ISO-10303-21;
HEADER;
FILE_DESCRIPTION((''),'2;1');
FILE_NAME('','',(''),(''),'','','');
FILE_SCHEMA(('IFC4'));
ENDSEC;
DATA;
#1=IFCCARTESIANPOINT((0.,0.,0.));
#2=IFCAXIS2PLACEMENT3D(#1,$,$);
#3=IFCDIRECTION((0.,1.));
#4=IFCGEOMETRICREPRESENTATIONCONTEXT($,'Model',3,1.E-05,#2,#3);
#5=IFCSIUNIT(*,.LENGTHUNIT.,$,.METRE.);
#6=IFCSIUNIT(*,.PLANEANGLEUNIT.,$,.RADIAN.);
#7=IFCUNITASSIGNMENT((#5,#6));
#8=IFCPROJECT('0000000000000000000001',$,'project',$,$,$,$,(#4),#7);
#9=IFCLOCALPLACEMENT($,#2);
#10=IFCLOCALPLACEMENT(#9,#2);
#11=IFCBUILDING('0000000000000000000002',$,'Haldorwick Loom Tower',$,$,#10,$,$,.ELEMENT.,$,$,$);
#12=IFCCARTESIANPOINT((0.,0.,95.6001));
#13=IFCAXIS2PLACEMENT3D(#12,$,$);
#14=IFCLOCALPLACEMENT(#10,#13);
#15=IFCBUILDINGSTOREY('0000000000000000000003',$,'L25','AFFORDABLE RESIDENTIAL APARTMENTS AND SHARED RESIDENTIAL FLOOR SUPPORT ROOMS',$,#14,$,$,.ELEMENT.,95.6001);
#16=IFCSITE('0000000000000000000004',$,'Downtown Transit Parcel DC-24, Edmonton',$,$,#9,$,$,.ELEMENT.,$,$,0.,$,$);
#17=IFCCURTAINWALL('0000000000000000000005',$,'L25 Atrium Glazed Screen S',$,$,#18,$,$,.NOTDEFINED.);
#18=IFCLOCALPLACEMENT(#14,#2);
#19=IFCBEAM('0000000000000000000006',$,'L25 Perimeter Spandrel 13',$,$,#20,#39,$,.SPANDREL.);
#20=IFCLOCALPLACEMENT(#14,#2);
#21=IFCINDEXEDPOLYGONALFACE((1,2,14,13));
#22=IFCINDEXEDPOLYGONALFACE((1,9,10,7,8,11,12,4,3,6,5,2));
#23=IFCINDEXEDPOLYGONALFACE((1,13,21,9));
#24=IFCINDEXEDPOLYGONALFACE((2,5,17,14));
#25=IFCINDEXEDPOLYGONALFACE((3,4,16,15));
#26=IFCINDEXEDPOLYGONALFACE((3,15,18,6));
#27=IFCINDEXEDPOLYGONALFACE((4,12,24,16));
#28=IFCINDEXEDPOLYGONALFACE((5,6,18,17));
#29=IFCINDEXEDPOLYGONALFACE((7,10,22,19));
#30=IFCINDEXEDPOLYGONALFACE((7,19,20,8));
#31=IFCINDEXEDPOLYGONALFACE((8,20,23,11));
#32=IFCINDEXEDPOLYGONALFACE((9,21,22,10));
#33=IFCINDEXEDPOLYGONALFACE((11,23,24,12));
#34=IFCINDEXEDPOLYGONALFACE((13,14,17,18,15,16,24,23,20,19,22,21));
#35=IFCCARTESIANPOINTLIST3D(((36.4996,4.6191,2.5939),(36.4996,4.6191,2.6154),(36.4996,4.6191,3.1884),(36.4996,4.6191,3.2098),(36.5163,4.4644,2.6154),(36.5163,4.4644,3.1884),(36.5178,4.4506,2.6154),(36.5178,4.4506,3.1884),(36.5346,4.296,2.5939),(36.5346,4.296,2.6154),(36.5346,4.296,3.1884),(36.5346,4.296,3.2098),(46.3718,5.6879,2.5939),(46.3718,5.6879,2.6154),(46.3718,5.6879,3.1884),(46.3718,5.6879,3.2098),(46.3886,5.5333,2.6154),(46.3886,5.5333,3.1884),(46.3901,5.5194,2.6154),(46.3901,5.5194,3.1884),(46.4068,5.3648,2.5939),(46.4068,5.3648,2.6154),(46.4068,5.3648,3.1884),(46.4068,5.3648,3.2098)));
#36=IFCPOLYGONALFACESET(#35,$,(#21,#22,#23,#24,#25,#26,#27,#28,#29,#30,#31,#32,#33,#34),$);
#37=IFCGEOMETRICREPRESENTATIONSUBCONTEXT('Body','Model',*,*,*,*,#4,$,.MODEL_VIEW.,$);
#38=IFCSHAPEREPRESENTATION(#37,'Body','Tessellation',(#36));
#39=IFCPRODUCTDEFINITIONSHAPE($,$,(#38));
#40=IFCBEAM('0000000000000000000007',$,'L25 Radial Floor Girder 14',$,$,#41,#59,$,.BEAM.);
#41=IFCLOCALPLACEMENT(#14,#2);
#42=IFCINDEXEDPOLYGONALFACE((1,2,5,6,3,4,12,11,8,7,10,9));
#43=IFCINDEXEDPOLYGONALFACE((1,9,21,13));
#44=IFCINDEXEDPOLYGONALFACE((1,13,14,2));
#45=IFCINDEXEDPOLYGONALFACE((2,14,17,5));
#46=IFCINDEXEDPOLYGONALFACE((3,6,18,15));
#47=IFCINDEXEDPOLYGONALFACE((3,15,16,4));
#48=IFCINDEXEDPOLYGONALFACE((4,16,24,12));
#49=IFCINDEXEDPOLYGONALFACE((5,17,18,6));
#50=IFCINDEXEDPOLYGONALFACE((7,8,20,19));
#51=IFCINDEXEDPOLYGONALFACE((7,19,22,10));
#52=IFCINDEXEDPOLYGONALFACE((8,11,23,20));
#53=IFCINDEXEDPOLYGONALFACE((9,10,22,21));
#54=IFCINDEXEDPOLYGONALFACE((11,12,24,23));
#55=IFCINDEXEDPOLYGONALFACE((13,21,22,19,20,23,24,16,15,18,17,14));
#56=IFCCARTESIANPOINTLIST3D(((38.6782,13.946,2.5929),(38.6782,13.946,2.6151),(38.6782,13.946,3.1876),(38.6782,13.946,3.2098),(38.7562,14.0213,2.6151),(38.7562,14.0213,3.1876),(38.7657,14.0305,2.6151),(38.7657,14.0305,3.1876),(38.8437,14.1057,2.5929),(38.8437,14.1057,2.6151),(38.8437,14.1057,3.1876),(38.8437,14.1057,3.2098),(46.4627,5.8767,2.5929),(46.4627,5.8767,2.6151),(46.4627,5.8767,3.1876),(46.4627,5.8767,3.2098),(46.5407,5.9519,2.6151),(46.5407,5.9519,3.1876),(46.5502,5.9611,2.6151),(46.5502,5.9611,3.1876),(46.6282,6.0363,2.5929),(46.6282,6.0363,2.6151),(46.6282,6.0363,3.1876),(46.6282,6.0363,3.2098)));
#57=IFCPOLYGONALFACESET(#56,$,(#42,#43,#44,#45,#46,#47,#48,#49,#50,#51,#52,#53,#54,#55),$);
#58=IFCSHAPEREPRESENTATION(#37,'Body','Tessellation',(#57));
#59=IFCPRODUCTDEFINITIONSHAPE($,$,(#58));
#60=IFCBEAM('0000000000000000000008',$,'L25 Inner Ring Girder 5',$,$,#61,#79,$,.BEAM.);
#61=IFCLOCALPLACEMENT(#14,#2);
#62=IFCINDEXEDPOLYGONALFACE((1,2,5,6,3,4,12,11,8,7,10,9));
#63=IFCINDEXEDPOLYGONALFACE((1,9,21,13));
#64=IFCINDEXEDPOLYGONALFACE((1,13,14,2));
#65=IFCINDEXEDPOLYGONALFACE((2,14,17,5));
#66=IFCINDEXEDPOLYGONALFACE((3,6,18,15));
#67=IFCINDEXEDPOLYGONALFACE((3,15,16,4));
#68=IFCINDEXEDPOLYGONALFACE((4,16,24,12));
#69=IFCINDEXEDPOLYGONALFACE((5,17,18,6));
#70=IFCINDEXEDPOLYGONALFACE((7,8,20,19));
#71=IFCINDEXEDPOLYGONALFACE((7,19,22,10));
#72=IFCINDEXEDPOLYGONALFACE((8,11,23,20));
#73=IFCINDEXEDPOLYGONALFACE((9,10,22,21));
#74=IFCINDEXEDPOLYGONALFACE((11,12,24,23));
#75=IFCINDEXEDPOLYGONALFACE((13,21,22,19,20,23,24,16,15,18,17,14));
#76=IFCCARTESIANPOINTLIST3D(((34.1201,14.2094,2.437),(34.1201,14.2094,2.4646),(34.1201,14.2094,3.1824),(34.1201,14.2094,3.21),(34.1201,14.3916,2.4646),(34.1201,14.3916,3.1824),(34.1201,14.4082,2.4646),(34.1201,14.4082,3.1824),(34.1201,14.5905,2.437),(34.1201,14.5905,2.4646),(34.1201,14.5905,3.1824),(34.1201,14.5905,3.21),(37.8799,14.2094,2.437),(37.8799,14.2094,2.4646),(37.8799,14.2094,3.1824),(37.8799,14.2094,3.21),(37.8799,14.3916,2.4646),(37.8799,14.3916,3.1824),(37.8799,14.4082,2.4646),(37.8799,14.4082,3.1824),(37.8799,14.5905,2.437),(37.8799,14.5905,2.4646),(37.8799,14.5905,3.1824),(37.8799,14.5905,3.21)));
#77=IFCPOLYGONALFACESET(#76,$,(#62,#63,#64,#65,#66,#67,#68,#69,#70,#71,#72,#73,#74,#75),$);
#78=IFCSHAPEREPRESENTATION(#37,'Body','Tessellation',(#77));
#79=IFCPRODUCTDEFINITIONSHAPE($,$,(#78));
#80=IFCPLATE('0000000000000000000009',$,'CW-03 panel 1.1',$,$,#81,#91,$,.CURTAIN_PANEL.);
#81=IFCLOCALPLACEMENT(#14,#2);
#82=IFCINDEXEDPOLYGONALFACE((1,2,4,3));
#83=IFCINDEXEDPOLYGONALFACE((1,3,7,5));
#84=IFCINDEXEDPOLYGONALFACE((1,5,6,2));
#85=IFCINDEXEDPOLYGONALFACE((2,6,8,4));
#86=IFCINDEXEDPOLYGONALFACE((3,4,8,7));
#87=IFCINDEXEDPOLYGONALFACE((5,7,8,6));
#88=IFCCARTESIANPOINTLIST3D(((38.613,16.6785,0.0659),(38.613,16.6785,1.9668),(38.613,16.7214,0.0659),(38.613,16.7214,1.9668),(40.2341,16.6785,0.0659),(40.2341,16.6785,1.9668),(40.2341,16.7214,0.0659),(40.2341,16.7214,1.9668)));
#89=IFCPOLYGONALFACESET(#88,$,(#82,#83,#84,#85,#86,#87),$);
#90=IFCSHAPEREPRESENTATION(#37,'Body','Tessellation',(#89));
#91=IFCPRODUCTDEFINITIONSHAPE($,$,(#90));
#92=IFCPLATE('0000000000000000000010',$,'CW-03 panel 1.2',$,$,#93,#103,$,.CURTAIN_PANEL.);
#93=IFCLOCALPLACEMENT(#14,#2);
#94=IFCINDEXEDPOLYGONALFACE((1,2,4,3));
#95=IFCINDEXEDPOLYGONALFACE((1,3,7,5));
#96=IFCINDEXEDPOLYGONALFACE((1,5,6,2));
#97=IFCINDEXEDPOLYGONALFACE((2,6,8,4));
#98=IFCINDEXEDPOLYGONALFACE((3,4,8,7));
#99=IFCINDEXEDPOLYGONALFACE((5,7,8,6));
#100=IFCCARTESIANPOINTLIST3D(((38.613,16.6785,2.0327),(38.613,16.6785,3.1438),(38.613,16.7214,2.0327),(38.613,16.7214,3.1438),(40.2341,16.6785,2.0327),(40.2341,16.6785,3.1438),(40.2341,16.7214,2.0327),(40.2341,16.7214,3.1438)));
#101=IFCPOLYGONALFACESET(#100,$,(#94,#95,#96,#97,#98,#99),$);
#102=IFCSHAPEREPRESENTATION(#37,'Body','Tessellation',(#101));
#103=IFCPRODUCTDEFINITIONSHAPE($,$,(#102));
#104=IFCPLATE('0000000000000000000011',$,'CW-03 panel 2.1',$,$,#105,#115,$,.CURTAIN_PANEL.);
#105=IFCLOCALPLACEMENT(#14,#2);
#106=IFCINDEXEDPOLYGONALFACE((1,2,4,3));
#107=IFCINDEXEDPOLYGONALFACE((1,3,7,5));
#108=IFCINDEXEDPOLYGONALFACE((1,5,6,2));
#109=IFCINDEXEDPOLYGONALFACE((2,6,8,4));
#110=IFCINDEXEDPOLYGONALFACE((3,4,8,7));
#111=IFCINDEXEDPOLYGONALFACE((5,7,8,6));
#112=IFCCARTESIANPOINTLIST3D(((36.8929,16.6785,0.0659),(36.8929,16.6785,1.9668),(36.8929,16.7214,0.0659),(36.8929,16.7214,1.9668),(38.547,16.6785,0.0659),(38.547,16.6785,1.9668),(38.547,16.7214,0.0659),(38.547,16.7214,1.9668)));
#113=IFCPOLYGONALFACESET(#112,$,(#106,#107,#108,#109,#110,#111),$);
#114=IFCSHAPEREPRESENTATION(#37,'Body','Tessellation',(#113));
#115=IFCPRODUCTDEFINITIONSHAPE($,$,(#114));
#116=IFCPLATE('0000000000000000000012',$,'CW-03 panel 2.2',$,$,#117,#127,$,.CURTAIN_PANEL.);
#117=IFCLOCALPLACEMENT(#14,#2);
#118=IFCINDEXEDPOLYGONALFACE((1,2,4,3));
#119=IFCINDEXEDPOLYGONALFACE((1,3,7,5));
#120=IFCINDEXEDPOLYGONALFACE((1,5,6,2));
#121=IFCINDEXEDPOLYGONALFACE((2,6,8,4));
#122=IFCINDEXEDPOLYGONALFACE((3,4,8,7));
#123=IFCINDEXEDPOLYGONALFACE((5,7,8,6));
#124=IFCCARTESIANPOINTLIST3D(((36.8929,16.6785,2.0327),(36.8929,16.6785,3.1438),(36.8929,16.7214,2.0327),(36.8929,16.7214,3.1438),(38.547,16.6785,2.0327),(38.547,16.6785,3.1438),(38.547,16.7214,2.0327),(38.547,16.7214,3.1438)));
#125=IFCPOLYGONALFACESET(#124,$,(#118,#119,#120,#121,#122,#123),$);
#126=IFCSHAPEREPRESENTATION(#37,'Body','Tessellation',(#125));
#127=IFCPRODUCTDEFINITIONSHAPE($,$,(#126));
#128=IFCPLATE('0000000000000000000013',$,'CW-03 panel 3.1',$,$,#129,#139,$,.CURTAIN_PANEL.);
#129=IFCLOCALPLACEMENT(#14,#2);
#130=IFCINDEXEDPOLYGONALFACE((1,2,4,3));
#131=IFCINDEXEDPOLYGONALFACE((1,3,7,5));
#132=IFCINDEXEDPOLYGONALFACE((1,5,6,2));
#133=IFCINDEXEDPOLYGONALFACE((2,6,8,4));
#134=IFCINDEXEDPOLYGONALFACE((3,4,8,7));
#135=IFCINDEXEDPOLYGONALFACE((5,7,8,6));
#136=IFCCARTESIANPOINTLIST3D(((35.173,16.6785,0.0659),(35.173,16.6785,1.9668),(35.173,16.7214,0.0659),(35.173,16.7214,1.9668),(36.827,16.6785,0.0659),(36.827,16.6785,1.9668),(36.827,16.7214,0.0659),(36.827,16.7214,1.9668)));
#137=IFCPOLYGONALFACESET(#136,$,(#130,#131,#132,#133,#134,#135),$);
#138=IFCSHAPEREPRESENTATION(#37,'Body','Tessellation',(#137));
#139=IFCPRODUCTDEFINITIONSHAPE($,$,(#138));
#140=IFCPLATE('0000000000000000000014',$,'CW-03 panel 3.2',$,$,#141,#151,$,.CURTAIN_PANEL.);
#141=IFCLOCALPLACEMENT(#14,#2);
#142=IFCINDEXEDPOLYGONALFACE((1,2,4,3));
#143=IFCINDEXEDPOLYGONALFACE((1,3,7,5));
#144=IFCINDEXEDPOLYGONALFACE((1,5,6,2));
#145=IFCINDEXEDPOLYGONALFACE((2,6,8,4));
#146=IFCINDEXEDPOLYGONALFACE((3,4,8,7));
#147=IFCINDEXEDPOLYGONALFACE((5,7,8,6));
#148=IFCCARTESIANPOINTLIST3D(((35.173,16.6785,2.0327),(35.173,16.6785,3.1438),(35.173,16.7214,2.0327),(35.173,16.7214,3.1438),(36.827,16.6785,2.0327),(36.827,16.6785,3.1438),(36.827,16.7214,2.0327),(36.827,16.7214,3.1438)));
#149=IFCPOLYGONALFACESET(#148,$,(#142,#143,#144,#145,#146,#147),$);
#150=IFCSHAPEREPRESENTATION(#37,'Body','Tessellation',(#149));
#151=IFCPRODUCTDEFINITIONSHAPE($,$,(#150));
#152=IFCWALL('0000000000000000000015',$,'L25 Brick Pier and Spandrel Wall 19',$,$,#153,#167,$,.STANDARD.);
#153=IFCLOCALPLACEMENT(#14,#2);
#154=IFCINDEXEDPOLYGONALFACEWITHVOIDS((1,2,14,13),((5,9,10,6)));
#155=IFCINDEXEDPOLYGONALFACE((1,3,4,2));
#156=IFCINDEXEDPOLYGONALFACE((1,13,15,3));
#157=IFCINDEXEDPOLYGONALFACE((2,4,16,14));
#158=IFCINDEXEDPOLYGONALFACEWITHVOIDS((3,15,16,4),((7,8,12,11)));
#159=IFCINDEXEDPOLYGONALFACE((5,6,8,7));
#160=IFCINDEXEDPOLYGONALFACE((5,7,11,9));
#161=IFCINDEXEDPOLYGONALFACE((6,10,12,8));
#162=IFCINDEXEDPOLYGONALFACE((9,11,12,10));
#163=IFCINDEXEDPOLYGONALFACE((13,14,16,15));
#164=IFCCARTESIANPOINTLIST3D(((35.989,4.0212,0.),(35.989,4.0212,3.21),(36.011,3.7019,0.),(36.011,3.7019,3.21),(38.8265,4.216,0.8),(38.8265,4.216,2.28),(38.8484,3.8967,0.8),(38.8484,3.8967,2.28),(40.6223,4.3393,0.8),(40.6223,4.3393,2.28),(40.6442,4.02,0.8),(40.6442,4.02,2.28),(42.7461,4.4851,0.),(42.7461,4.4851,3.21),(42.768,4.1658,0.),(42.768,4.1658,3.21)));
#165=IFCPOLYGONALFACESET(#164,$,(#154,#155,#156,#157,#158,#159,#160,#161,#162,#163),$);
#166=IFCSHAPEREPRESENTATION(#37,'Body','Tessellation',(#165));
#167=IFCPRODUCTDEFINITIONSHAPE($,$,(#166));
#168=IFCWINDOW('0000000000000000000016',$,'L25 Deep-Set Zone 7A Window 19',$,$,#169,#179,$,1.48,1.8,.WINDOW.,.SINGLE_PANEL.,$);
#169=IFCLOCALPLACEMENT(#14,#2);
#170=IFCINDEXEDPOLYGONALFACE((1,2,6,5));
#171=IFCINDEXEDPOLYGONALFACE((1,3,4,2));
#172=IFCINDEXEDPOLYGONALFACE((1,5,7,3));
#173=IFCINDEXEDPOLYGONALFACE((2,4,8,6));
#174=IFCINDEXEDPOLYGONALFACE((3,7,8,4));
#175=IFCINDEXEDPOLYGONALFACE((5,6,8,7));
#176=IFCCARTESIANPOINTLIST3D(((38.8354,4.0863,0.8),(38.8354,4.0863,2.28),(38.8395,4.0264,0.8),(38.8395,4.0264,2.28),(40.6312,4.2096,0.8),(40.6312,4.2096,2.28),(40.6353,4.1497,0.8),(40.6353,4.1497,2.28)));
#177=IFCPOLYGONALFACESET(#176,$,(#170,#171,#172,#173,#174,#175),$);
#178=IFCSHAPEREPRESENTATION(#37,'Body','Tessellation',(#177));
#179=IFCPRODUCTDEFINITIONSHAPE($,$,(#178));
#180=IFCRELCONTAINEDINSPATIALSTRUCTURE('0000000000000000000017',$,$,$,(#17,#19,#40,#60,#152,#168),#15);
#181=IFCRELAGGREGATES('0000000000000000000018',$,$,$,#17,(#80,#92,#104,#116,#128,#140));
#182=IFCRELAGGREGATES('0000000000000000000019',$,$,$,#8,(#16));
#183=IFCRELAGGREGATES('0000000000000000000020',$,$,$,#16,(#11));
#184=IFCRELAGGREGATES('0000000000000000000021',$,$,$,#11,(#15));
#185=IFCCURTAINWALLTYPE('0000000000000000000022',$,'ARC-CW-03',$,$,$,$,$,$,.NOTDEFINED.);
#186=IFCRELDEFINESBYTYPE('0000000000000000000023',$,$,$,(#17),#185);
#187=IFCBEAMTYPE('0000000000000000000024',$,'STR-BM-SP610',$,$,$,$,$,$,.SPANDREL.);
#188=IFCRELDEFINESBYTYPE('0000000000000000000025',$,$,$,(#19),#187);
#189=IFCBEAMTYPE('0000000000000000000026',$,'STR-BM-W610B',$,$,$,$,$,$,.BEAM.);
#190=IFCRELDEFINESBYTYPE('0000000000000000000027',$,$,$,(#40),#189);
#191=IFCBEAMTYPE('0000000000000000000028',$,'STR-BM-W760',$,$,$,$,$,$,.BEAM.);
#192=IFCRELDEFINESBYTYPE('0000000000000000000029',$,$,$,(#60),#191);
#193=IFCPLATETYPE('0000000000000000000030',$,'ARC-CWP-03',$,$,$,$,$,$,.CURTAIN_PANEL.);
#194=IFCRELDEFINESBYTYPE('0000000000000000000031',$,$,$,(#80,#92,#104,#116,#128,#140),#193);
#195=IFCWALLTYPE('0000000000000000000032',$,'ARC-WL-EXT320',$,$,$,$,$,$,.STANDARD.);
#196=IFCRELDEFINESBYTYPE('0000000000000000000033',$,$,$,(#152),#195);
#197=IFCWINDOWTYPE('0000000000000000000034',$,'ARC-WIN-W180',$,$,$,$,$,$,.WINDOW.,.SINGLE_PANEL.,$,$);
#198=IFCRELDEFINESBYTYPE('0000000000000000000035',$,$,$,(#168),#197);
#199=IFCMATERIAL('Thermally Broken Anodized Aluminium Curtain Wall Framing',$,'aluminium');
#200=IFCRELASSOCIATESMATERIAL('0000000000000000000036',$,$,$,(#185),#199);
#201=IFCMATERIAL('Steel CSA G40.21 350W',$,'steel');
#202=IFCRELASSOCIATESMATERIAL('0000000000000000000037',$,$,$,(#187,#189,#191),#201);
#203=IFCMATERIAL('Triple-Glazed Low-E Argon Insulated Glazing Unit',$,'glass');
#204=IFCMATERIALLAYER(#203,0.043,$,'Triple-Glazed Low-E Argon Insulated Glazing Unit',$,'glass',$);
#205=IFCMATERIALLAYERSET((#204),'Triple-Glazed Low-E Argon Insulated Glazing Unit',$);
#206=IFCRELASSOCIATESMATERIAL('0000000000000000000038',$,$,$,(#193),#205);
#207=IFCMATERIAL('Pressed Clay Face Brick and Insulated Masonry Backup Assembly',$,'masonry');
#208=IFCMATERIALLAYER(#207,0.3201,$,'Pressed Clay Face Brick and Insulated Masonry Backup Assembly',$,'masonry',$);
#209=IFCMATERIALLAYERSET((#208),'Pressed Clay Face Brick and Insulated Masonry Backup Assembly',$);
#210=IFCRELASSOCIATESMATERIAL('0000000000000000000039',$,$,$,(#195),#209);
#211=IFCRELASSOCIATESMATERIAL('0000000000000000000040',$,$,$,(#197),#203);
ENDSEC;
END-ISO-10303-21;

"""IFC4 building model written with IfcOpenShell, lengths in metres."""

from ifc_helpers import new_model, si_unit, direction, frame, frame_2d, origin, origin_2d, place, context, subcontext, project, spatial, rectangle, i_section, extrude, material, layer, layer_set, material_profile, profile_set, type_object, element, fill, aggregate, save


model = new_model("IFC4")

# Units and contexts
model_context = context("Model", 3, precision=1e-05, world=origin(), true_north=direction((0.0, 1.0)))
body_context = subcontext(model_context, "Body", "Model", "MODEL_VIEW")
ifc_project = project(units=[si_unit("LENGTHUNIT", "METRE"), si_unit("PLANEANGLEUNIT", "RADIAN")], contexts=[model_context])

# Site, building, storey
site_placement = place(None, origin())
site = spatial("IfcSite", under=ifc_project, at=site_placement, Name="Downtown Transit Parcel DC-24, Edmonton", CompositionType="ELEMENT", RefElevation=0.0)
building_placement = place(site_placement, origin())
building = spatial("IfcBuilding", under=site, at=building_placement, Name="Haldorwick Loom Tower", CompositionType="ELEMENT")
storey_placement = place(building_placement, frame((0.0, 0.0, 95.6001)))
storey = spatial("IfcBuildingStorey", under=building, at=storey_placement, Name="L25", Description="AFFORDABLE RESIDENTIAL APARTMENTS AND SHARED RESIDENTIAL FLOOR SUPPORT ROOMS", CompositionType="ELEMENT", Elevation=95.6001)

# Curtain wall
ifc_material_1 = material(Name="Thermally Broken Anodized Aluminium Curtain Wall Framing", Category="aluminium")
curtain_wall_type = type_object("IfcCurtainWallType", Name="ARC-CW-03", PredefinedType="NOTDEFINED", material=ifc_material_1)
curtain_wall_placement = place(storey_placement, origin())
curtain_wall = element("IfcCurtainWall", 1, at=curtain_wall_placement, inside=storey, type_object=curtain_wall_type, Name="L25 Atrium Glazed Screen S", PredefinedType="NOTDEFINED")

# Beams
ifc_material_2 = material(Name="Steel CSA G40.21 350W", Category="steel")
ifc_material_profile_1 = material_profile(ifc_material_2, i_section(OverallWidth=0.325, OverallDepth=0.616, WebThickness=0.0139, FlangeThickness=0.0215, at=origin_2d()), Name="W610X174", Category="steel")
ifc_profile_set_1 = profile_set([ifc_material_profile_1], Name="Steel CSA G40.21 350W")
beam_type_1 = type_object("IfcBeamType", Name="STR-BM-SP610", PredefinedType="SPANDREL", material=ifc_profile_set_1)
beam_1_placement = place(storey_placement, frame((36.5171, 4.4575, 2.9019), z_axis=(0.99419, 0.107638, 0.0), x_axis=(-0.107638, 0.99419, 0.0)))
element("IfcBeam", 2, at=beam_1_placement, inside=storey, type_object=beam_type_1, Name="L25 Perimeter Spandrel 13", PredefinedType="SPANDREL", context=body_context, shape_type="SweptSolid", body=[
    extrude(i_section(OverallWidth=0.325, OverallDepth=0.616, WebThickness=0.0139, FlangeThickness=0.0215, at=origin_2d()), origin(), (0.0, 0.0, 1.0), 9.9299),
])
ifc_material_profile_2 = material_profile(ifc_material_2, i_section(OverallWidth=0.23, OverallDepth=0.6169, WebThickness=0.0132, FlangeThickness=0.0222, at=origin_2d()), Name="W610X140", Category="steel")
ifc_profile_set_2 = profile_set([ifc_material_profile_2], Name="Steel CSA G40.21 350W")
beam_type_2 = type_object("IfcBeamType", Name="STR-BM-W610B", PredefinedType="BEAM", material=ifc_profile_set_2)
beam_2_placement = place(storey_placement, frame((38.761, 14.0259, 2.9014), z_axis=(0.694287, -0.719698, 0.0), x_axis=(0.719698, 0.694287, 0.0)))
element("IfcBeam", 3, at=beam_2_placement, inside=storey, type_object=beam_type_2, Name="L25 Radial Floor Girder 14", PredefinedType="BEAM", context=body_context, shape_type="SweptSolid", body=[
    extrude(i_section(OverallWidth=0.23, OverallDepth=0.6169, WebThickness=0.0132, FlangeThickness=0.0222, at=origin_2d()), origin(), (0.0, 0.0, 1.0), 11.2122),
])
ifc_material_profile_3 = material_profile(ifc_material_2, i_section(OverallWidth=0.3811, OverallDepth=0.7729, WebThickness=0.0166, FlangeThickness=0.0276, at=origin_2d()), Name="W760X257", Category="steel")
ifc_profile_set_3 = profile_set([ifc_material_profile_3], Name="Steel CSA G40.21 350W")
beam_type_3 = type_object("IfcBeamType", Name="STR-BM-W760", PredefinedType="BEAM", material=ifc_profile_set_3)
beam_3_placement = place(storey_placement, frame((37.8799, 14.3999, 2.8235), z_axis=(-1.0, 0.0, 0.0), x_axis=(0.0, -1.0, 0.0)))
element("IfcBeam", 4, at=beam_3_placement, inside=storey, type_object=beam_type_3, Name="L25 Inner Ring Girder 5", PredefinedType="BEAM", context=body_context, shape_type="SweptSolid", body=[
    extrude(i_section(OverallWidth=0.3811, OverallDepth=0.7729, WebThickness=0.0166, FlangeThickness=0.0276, at=origin_2d()), origin(), (0.0, 0.0, 1.0), 3.7598),
])

# Plates
ifc_material_3 = material(Name="Triple-Glazed Low-E Argon Insulated Glazing Unit", Category="glass")
ifc_layer_1 = layer(ifc_material_3, 0.043, Name="Triple-Glazed Low-E Argon Insulated Glazing Unit", Category="glass")
ifc_layer_set_1 = layer_set([ifc_layer_1], Name="Triple-Glazed Low-E Argon Insulated Glazing Unit")
plate_type = type_object("IfcPlateType", Name="ARC-CWP-03", PredefinedType="CURTAIN_PANEL", material=ifc_layer_set_1)
plate_1_placement = place(storey_placement, frame((39.4236, 16.7, 0.0659), z_axis=(0.0, 0.0, 1.0), x_axis=(-1.0, 0.0, 0.0)))
plate_1 = element("IfcPlate", 5, at=plate_1_placement, type_object=plate_type, Name="CW-03 panel 1.1", PredefinedType="CURTAIN_PANEL", context=body_context, shape_type="SweptSolid", body=[
    extrude(rectangle(XDim=1.6211, YDim=0.043, at=origin_2d()), origin(), (0.0, 0.0, 1.0), 1.9009),
])
plate_2_placement = place(storey_placement, frame((39.4236, 16.7, 2.0327), z_axis=(0.0, 0.0, 1.0), x_axis=(-1.0, 0.0, 0.0)))
plate_2 = element("IfcPlate", 6, at=plate_2_placement, type_object=plate_type, Name="CW-03 panel 1.2", PredefinedType="CURTAIN_PANEL", context=body_context, shape_type="SweptSolid", body=[
    extrude(rectangle(XDim=1.6211, YDim=0.043, at=origin_2d()), origin(), (0.0, 0.0, 1.0), 1.1111),
])
plate_3_placement = place(storey_placement, frame((37.72, 16.7, 0.0659), z_axis=(0.0, 0.0, 1.0), x_axis=(-1.0, 0.0, 0.0)))
plate_3 = element("IfcPlate", 7, at=plate_3_placement, type_object=plate_type, Name="CW-03 panel 2.1", PredefinedType="CURTAIN_PANEL", context=body_context, shape_type="SweptSolid", body=[
    extrude(rectangle(XDim=1.6541, YDim=0.043, at=origin_2d()), origin(), (0.0, 0.0, 1.0), 1.9009),
])
plate_4_placement = place(storey_placement, frame((37.72, 16.7, 2.0327), z_axis=(0.0, 0.0, 1.0), x_axis=(-1.0, 0.0, 0.0)))
plate_4 = element("IfcPlate", 8, at=plate_4_placement, type_object=plate_type, Name="CW-03 panel 2.2", PredefinedType="CURTAIN_PANEL", context=body_context, shape_type="SweptSolid", body=[
    extrude(rectangle(XDim=1.6541, YDim=0.043, at=origin_2d()), origin(), (0.0, 0.0, 1.0), 1.1111),
])
plate_5_placement = place(storey_placement, frame((36.0, 16.7, 0.0659), z_axis=(0.0, 0.0, 1.0), x_axis=(-1.0, 0.0, 0.0)))
plate_5 = element("IfcPlate", 9, at=plate_5_placement, type_object=plate_type, Name="CW-03 panel 3.1", PredefinedType="CURTAIN_PANEL", context=body_context, shape_type="SweptSolid", body=[
    extrude(rectangle(XDim=1.6541, YDim=0.043, at=origin_2d()), origin(), (0.0, 0.0, 1.0), 1.9009),
])
plate_6_placement = place(storey_placement, frame((36.0, 16.7, 2.0327), z_axis=(0.0, 0.0, 1.0), x_axis=(-1.0, 0.0, 0.0)))
plate_6 = element("IfcPlate", 10, at=plate_6_placement, type_object=plate_type, Name="CW-03 panel 3.2", PredefinedType="CURTAIN_PANEL", context=body_context, shape_type="SweptSolid", body=[
    extrude(rectangle(XDim=1.6541, YDim=0.043, at=origin_2d()), origin(), (0.0, 0.0, 1.0), 1.1111),
])
aggregate(curtain_wall, [plate_1, plate_2, plate_3, plate_4, plate_5, plate_6])

# Wall, opening, window
ifc_material_4 = material(Name="Pressed Clay Face Brick and Insulated Masonry Backup Assembly", Category="masonry")
ifc_layer_2 = layer(ifc_material_4, 0.3201, Name="Pressed Clay Face Brick and Insulated Masonry Backup Assembly", Category="masonry")
ifc_layer_set_2 = layer_set([ifc_layer_2], Name="Pressed Clay Face Brick and Insulated Masonry Backup Assembly")
wall_type_1 = type_object("IfcWallType", Name="ARC-WL-EXT320", PredefinedType="STANDARD", material=ifc_layer_set_2)
wall_1_placement = place(storey_placement, frame((36.0, 3.8616, 0.0), z_axis=(0.0, 0.0, 1.0), x_axis=(0.997652, 0.068488, 0.0)))
wall_1 = element("IfcWall", 11, at=wall_1_placement, inside=storey, type_object=wall_type_1, Name="L25 Brick Pier and Spandrel Wall 19", PredefinedType="STANDARD", context=body_context, shape_type="SweptSolid", body=[
    extrude(rectangle(XDim=6.7729, YDim=0.3201, at=frame_2d((3.3865, 0.0))), origin(), (0.0, 0.0, 1.0), 3.21),
])
opening_placement = place(wall_1_placement, frame((2.8442, 0.0, 0.8)))
opening = element("IfcOpeningElement", 12, at=opening_placement, cuts=wall_1, PredefinedType="OPENING", context=body_context, shape_type="SweptSolid", body=[
    extrude(rectangle(XDim=1.8, YDim=1.48, at=frame_2d((0.8999, 0.74))), frame((0.0, 0.1699, 0.0), z_axis=(0.0, -1.0, 0.0), x_axis=(1.0, 0.0, 0.0)), (0.0, 0.0, 1.0), 0.3401),
])
window_type = type_object("IfcWindowType", Name="ARC-WIN-W180", PartitioningType="SINGLE_PANEL", PredefinedType="WINDOW", material=ifc_material_3)
window_placement = place(opening_placement, origin())
window = element("IfcWindow", 13, at=window_placement, inside=storey, type_object=window_type, Name="L25 Deep-Set Zone 7A Window 19", OverallHeight=1.48, OverallWidth=1.8, PartitioningType="SINGLE_PANEL", PredefinedType="WINDOW", context=body_context, shape_type="SweptSolid", body=[
    extrude(rectangle(XDim=1.8, YDim=1.48, at=frame_2d((0.8999, 0.74))), frame((0.0, 0.03, 0.0), z_axis=(0.0, -1.0, 0.0), x_axis=(1.0, 0.0, 0.0)), (0.0, 0.0, 1.0), 0.0601),
])
fill(opening, window)

save(model, "model.ifc")
